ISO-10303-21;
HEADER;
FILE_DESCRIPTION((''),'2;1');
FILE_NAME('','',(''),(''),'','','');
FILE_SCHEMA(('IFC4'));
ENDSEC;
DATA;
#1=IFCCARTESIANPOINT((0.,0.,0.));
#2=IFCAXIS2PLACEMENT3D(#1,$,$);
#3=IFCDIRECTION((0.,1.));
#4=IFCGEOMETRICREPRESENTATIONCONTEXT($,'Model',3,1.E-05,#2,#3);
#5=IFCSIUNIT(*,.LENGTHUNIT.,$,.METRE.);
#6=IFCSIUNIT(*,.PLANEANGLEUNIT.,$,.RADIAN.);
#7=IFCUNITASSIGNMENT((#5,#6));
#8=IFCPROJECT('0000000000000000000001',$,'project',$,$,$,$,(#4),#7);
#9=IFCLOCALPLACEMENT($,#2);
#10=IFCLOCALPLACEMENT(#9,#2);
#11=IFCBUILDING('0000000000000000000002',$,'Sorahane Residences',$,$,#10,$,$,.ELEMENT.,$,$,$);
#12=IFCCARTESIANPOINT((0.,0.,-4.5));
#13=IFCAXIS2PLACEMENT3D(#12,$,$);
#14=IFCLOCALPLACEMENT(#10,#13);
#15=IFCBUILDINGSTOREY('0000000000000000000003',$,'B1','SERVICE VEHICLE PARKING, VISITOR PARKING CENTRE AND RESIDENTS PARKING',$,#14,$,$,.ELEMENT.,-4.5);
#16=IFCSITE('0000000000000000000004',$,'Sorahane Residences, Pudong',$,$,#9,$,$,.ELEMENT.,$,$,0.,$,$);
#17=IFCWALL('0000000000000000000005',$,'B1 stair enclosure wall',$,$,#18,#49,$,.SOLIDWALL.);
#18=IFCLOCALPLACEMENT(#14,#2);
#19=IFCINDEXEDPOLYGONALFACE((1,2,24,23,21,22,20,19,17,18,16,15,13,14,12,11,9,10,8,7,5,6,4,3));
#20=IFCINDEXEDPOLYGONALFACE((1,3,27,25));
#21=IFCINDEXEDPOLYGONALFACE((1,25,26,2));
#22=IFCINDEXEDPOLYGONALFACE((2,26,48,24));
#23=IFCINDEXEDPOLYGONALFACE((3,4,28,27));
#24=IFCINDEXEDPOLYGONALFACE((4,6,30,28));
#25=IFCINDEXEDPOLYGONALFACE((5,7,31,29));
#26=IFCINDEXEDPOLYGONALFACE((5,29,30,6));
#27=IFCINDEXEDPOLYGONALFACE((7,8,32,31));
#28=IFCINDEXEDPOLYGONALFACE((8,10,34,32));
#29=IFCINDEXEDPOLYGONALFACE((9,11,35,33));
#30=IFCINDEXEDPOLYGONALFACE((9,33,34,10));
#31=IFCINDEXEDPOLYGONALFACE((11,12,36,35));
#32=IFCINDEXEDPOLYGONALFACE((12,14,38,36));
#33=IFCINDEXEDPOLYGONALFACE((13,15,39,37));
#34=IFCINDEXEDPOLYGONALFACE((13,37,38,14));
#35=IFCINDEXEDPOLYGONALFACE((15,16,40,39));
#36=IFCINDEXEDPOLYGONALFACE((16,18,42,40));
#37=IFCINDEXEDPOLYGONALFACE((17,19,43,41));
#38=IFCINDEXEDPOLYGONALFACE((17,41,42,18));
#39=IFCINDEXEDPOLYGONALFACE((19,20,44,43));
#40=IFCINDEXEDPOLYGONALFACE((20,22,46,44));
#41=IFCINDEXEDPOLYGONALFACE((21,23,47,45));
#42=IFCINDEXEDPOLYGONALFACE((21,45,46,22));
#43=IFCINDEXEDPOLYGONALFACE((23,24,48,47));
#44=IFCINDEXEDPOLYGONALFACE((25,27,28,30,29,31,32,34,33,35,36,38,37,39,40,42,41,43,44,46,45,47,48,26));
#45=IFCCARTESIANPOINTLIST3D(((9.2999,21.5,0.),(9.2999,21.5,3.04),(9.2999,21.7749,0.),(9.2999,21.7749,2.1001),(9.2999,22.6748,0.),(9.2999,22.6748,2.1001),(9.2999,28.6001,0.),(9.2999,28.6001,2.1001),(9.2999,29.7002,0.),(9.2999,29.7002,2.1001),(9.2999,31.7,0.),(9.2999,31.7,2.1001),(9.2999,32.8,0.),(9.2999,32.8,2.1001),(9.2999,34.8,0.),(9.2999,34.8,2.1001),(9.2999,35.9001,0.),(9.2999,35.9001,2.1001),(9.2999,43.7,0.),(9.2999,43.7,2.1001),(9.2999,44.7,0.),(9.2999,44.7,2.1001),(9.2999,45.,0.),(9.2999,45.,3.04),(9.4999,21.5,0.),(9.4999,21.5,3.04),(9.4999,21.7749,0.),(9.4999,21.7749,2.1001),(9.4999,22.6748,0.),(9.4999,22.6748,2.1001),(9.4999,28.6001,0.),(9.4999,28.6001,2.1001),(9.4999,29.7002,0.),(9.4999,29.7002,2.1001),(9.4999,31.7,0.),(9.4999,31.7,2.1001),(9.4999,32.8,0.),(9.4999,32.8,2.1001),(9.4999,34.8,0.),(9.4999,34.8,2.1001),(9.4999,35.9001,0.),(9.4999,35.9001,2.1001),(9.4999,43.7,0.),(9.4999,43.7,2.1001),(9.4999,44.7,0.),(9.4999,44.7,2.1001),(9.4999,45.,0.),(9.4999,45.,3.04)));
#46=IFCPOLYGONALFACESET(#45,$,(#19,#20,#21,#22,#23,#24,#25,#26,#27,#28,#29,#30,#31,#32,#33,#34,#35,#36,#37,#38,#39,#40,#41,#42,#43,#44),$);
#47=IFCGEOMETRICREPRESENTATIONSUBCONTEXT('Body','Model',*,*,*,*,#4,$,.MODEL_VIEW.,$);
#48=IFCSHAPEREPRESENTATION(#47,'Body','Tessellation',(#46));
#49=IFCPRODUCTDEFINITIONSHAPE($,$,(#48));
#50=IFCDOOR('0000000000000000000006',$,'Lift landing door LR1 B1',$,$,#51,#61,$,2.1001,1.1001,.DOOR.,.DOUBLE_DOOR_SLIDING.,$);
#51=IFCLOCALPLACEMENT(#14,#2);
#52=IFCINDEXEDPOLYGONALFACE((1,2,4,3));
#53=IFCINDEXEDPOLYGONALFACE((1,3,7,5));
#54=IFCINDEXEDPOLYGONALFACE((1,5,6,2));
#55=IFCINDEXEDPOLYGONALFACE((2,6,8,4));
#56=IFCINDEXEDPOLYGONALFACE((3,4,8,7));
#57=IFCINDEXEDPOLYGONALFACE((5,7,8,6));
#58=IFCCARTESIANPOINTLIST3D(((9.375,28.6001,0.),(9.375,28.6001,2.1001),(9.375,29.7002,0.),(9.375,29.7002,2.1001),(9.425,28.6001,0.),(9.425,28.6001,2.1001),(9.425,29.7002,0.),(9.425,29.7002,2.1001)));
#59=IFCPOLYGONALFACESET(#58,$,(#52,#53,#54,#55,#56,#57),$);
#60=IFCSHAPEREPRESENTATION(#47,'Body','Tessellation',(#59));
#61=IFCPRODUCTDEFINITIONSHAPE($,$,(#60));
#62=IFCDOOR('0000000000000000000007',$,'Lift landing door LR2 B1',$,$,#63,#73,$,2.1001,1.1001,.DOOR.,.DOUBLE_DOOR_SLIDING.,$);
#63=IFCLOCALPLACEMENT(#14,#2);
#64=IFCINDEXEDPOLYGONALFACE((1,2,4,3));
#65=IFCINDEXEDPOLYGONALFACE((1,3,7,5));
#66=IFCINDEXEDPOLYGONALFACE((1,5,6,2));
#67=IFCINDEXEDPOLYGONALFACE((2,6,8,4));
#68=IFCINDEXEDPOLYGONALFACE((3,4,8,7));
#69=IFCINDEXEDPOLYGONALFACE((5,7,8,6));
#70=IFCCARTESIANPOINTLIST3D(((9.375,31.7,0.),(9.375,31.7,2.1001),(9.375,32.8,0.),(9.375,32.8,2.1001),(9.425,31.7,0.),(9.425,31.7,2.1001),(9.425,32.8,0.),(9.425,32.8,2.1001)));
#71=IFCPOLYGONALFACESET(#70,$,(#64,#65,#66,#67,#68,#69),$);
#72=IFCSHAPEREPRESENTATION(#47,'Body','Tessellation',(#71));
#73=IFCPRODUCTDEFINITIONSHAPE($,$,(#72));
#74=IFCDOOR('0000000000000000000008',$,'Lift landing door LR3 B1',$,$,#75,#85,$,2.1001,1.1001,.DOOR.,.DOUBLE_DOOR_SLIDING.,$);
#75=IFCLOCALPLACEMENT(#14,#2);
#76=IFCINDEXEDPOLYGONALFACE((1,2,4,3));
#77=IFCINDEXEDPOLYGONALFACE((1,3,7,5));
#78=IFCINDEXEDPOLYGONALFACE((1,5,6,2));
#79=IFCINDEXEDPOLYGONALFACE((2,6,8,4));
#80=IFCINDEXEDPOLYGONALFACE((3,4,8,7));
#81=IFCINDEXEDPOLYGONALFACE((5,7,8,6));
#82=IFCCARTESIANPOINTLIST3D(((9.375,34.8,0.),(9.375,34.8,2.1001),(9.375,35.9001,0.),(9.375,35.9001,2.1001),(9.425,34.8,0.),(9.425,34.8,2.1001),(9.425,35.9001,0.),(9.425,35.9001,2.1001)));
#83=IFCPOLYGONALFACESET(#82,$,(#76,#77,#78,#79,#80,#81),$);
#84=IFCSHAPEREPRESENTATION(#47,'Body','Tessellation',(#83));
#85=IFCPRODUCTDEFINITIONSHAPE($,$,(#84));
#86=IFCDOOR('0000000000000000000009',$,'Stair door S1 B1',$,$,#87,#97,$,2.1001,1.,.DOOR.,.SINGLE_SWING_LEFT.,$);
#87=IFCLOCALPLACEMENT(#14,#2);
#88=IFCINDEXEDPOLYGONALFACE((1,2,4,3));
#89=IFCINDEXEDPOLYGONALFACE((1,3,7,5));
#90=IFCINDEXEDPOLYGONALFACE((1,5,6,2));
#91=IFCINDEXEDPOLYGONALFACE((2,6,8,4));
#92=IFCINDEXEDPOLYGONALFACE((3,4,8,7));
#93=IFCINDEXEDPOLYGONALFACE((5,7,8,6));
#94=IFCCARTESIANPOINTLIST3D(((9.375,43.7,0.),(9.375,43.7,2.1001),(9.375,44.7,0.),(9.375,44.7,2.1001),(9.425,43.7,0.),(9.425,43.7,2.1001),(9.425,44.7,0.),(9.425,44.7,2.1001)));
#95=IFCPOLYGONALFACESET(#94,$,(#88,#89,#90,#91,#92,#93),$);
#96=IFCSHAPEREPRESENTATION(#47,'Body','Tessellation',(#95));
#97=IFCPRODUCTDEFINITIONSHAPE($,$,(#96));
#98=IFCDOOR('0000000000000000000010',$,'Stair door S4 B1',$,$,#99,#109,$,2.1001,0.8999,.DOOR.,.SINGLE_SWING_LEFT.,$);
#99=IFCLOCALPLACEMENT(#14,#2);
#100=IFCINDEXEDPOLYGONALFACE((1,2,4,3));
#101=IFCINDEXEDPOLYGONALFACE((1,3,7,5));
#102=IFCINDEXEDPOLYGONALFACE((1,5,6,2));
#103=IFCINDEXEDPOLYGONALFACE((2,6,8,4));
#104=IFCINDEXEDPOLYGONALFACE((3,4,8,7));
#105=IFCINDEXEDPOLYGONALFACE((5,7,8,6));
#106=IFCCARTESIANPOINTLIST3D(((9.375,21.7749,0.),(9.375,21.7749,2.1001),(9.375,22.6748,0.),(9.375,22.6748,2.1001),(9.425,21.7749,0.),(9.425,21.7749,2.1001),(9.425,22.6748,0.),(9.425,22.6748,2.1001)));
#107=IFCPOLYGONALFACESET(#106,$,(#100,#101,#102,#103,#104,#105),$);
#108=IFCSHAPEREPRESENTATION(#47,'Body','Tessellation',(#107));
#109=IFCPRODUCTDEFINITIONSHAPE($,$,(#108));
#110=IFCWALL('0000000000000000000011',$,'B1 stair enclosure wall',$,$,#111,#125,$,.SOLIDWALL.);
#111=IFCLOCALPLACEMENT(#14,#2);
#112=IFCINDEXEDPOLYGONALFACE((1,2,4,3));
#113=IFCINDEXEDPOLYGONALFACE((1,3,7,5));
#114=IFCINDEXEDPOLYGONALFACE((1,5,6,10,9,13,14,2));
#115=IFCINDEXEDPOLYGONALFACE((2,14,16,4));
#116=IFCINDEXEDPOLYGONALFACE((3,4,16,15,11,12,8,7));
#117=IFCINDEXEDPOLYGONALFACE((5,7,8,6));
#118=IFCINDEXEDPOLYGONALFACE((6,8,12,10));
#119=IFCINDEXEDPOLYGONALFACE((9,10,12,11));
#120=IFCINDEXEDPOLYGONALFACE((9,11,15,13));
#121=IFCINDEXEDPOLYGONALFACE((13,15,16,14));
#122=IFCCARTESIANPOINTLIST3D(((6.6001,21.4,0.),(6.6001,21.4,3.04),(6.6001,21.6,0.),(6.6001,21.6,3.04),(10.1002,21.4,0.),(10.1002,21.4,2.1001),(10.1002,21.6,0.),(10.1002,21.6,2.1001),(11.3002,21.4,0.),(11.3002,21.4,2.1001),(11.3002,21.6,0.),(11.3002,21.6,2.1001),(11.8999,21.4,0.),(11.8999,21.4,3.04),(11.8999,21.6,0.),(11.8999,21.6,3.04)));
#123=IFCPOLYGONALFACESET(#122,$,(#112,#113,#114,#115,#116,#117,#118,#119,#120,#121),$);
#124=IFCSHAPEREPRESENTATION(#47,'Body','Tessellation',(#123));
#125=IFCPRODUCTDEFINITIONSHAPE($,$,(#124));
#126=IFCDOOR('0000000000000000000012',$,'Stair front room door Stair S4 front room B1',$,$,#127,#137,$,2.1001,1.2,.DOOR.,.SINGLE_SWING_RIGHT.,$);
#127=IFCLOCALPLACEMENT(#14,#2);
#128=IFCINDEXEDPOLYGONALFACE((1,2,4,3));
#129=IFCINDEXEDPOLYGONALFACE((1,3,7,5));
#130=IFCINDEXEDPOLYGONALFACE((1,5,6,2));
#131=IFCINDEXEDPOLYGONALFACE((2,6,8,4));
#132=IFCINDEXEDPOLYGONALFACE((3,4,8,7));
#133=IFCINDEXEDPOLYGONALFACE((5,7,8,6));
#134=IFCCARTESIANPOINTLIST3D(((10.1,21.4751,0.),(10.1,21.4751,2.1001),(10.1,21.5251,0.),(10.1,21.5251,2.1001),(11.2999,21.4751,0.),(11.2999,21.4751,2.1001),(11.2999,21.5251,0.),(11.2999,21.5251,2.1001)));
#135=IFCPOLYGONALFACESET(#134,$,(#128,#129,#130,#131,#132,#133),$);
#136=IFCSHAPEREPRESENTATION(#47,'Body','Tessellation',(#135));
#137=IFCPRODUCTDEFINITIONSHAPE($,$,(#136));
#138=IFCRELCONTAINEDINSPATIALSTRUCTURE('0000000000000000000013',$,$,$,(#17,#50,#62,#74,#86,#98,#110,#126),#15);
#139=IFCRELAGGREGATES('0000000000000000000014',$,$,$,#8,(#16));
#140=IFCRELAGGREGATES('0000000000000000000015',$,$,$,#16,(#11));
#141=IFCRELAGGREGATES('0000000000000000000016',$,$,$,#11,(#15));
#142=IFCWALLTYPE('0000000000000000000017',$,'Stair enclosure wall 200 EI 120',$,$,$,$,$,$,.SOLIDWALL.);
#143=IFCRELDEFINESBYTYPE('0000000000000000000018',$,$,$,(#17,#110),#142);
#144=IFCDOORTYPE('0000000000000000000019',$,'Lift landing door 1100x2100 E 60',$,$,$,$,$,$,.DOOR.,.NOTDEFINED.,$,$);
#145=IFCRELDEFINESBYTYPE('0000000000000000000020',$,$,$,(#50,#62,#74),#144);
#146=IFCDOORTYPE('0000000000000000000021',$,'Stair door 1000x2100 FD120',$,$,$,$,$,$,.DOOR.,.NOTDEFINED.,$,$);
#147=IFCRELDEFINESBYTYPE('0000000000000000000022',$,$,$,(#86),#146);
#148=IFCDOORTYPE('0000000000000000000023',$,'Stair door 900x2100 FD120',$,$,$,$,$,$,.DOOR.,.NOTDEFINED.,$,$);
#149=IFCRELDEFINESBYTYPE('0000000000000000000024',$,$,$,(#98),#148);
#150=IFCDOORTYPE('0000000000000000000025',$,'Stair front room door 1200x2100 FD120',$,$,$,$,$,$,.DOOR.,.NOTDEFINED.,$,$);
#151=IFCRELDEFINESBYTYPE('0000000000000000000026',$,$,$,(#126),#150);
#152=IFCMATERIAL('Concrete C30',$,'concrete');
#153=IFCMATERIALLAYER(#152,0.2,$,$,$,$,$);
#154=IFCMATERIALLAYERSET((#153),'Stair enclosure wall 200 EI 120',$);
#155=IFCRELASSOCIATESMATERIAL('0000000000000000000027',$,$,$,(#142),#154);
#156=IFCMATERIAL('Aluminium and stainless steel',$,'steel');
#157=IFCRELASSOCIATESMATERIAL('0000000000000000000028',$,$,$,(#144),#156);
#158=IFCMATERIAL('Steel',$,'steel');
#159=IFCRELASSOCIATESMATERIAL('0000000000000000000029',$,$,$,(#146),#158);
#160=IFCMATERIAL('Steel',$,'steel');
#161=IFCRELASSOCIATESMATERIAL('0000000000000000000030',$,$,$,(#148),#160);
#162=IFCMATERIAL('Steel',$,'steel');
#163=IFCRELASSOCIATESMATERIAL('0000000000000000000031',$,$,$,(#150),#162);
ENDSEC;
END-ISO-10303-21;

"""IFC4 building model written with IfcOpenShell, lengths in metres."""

from ifc_helpers import new_model, si_unit, direction, frame, frame_2d, origin, place, context, subcontext, project, spatial, rectangle, extrude, material, layer, layer_set, type_object, element, fill, save


model = new_model("IFC4")

# Units and contexts
model_context = context("Model", 3, precision=1e-05, world=origin(), true_north=direction((0.0, 1.0)))
body_context = subcontext(model_context, "Body", "Model", "MODEL_VIEW")
ifc_project = project(units=[si_unit("LENGTHUNIT", "METRE"), si_unit("PLANEANGLEUNIT", "RADIAN")], contexts=[model_context])

# Site, building, storey
site_placement = place(None, origin())
site = spatial("IfcSite", under=ifc_project, at=site_placement, Name="Sorahane Residences, Pudong", CompositionType="ELEMENT", RefElevation=0.0)
building_placement = place(site_placement, origin())
building = spatial("IfcBuilding", under=site, at=building_placement, Name="Sorahane Residences", CompositionType="ELEMENT")
storey_placement = place(building_placement, frame((0.0, 0.0, -4.5)))
storey = spatial("IfcBuildingStorey", under=building, at=storey_placement, Name="B1", Description="SERVICE VEHICLE PARKING, VISITOR PARKING CENTRE AND RESIDENTS PARKING", CompositionType="ELEMENT", Elevation=-4.5)

# Wall, openings, doors
ifc_material_1 = material(Name="Concrete C30", Category="concrete")
ifc_layer_1 = layer(ifc_material_1, 0.2)
ifc_layer_set_1 = layer_set([ifc_layer_1], Name="Stair enclosure wall 200 EI 120")
wall_type_1 = type_object("IfcWallType", Name="Stair enclosure wall 200 EI 120", PredefinedType="SOLIDWALL", material=ifc_layer_set_1)
wall_1_placement = place(storey_placement, frame((9.3999, 21.5, 0.0), z_axis=(0.0, 0.0, 1.0), x_axis=(0.0, 1.0, 0.0)))
wall_1 = element("IfcWall", 1, at=wall_1_placement, inside=storey, type_object=wall_type_1, Name="B1 stair enclosure wall", PredefinedType="SOLIDWALL", context=body_context, shape_type="SweptSolid", body=[
    extrude(rectangle(XDim=23.5, YDim=0.2, at=frame_2d((11.75, 0.0))), origin(), (0.0, 0.0, 1.0), 3.04),
])
opening_1_placement = place(wall_1_placement, frame((7.1001, 0.0, 0.0)))
opening_1 = element("IfcOpeningElement", 2, at=opening_1_placement, cuts=wall_1, PredefinedType="OPENING", context=body_context, shape_type="SweptSolid", body=[
    extrude(rectangle(XDim=1.1001, YDim=2.1001, at=frame_2d((0.55, 1.05))), frame((0.0, 0.1099, 0.0), z_axis=(0.0, -1.0, 0.0), x_axis=(1.0, 0.0, 0.0)), (0.0, 0.0, 1.0), 0.22),
])
opening_2_placement = place(wall_1_placement, frame((10.2, 0.0, 0.0)))
opening_2 = element("IfcOpeningElement", 3, at=opening_2_placement, cuts=wall_1, PredefinedType="OPENING", context=body_context, shape_type="SweptSolid", body=[
    extrude(rectangle(XDim=1.1001, YDim=2.1001, at=frame_2d((0.55, 1.05))), frame((0.0, 0.1099, 0.0), z_axis=(0.0, -1.0, 0.0), x_axis=(1.0, 0.0, 0.0)), (0.0, 0.0, 1.0), 0.22),
])
opening_3_placement = place(wall_1_placement, frame((13.3, 0.0, 0.0)))
opening_3 = element("IfcOpeningElement", 4, at=opening_3_placement, cuts=wall_1, PredefinedType="OPENING", context=body_context, shape_type="SweptSolid", body=[
    extrude(rectangle(XDim=1.1001, YDim=2.1001, at=frame_2d((0.55, 1.05))), frame((0.0, 0.1099, 0.0), z_axis=(0.0, -1.0, 0.0), x_axis=(1.0, 0.0, 0.0)), (0.0, 0.0, 1.0), 0.22),
])
opening_4_placement = place(wall_1_placement, frame((22.2, 0.0, 0.0)))
opening_4 = element("IfcOpeningElement", 5, at=opening_4_placement, cuts=wall_1, PredefinedType="OPENING", context=body_context, shape_type="SweptSolid", body=[
    extrude(rectangle(XDim=1.0, YDim=2.1001, at=frame_2d((0.5, 1.05))), frame((0.0, 0.1099, 0.0), z_axis=(0.0, -1.0, 0.0), x_axis=(1.0, 0.0, 0.0)), (0.0, 0.0, 1.0), 0.22),
])
opening_5_placement = place(wall_1_placement, frame((0.2749, 0.0, 0.0)))
opening_5 = element("IfcOpeningElement", 6, at=opening_5_placement, cuts=wall_1, PredefinedType="OPENING", context=body_context, shape_type="SweptSolid", body=[
    extrude(rectangle(XDim=0.8999, YDim=2.1001, at=frame_2d((0.45, 1.05))), frame((0.0, 0.1099, 0.0), z_axis=(0.0, -1.0, 0.0), x_axis=(1.0, 0.0, 0.0)), (0.0, 0.0, 1.0), 0.22),
])
ifc_material_2 = material(Name="Aluminium and stainless steel", Category="steel")
door_type_1 = type_object("IfcDoorType", Name="Lift landing door 1100x2100 E 60", OperationType="NOTDEFINED", PredefinedType="DOOR", material=ifc_material_2)
door_1_placement = place(opening_1_placement, origin())
door_1 = element("IfcDoor", 7, at=door_1_placement, inside=storey, type_object=door_type_1, Name="Lift landing door LR1 B1", OperationType="DOUBLE_DOOR_SLIDING", OverallHeight=2.1001, OverallWidth=1.1001, PredefinedType="DOOR", context=body_context, shape_type="SweptSolid", body=[
    extrude(rectangle(XDim=1.1001, YDim=2.1001, at=frame_2d((0.55, 1.05))), frame((0.0, 0.0249, 0.0), z_axis=(0.0, -1.0, 0.0), x_axis=(1.0, 0.0, 0.0)), (0.0, 0.0, 1.0), 0.05),
])
fill(opening_1, door_1)
door_2_placement = place(opening_2_placement, origin())
door_2 = element("IfcDoor", 8, at=door_2_placement, inside=storey, type_object=door_type_1, Name="Lift landing door LR2 B1", OperationType="DOUBLE_DOOR_SLIDING", OverallHeight=2.1001, OverallWidth=1.1001, PredefinedType="DOOR", context=body_context, shape_type="SweptSolid", body=[
    extrude(rectangle(XDim=1.1001, YDim=2.1001, at=frame_2d((0.55, 1.05))), frame((0.0, 0.0249, 0.0), z_axis=(0.0, -1.0, 0.0), x_axis=(1.0, 0.0, 0.0)), (0.0, 0.0, 1.0), 0.05),
])
fill(opening_2, door_2)
door_3_placement = place(opening_3_placement, origin())
door_3 = element("IfcDoor", 9, at=door_3_placement, inside=storey, type_object=door_type_1, Name="Lift landing door LR3 B1", OperationType="DOUBLE_DOOR_SLIDING", OverallHeight=2.1001, OverallWidth=1.1001, PredefinedType="DOOR", context=body_context, shape_type="SweptSolid", body=[
    extrude(rectangle(XDim=1.1001, YDim=2.1001, at=frame_2d((0.55, 1.05))), frame((0.0, 0.0249, 0.0), z_axis=(0.0, -1.0, 0.0), x_axis=(1.0, 0.0, 0.0)), (0.0, 0.0, 1.0), 0.05),
])
fill(opening_3, door_3)
ifc_material_3 = material(Name="Steel", Category="steel")
door_type_2 = type_object("IfcDoorType", Name="Stair door 1000x2100 FD120", OperationType="NOTDEFINED", PredefinedType="DOOR", material=ifc_material_3)
door_4_placement = place(opening_4_placement, origin())
door_4 = element("IfcDoor", 10, at=door_4_placement, inside=storey, type_object=door_type_2, Name="Stair door S1 B1", OperationType="SINGLE_SWING_LEFT", OverallHeight=2.1001, OverallWidth=1.0, PredefinedType="DOOR", context=body_context, shape_type="SweptSolid", body=[
    extrude(rectangle(XDim=1.0, YDim=2.1001, at=frame_2d((0.5, 1.05))), frame((0.0, 0.0249, 0.0), z_axis=(0.0, -1.0, 0.0), x_axis=(1.0, 0.0, 0.0)), (0.0, 0.0, 1.0), 0.05),
])
fill(opening_4, door_4)
ifc_material_4 = material(Name="Steel", Category="steel")
door_type_3 = type_object("IfcDoorType", Name="Stair door 900x2100 FD120", OperationType="NOTDEFINED", PredefinedType="DOOR", material=ifc_material_4)
door_5_placement = place(opening_5_placement, origin())
door_5 = element("IfcDoor", 11, at=door_5_placement, inside=storey, type_object=door_type_3, Name="Stair door S4 B1", OperationType="SINGLE_SWING_LEFT", OverallHeight=2.1001, OverallWidth=0.8999, PredefinedType="DOOR", context=body_context, shape_type="SweptSolid", body=[
    extrude(rectangle(XDim=0.8999, YDim=2.1001, at=frame_2d((0.45, 1.05))), frame((0.0, 0.0249, 0.0), z_axis=(0.0, -1.0, 0.0), x_axis=(1.0, 0.0, 0.0)), (0.0, 0.0, 1.0), 0.05),
])
fill(opening_5, door_5)

# Wall, opening, door
wall_2_placement = place(storey_placement, frame((6.6001, 21.5, 0.0), z_axis=(0.0, 0.0, 1.0), x_axis=(1.0, 0.0, 0.0)))
wall_2 = element("IfcWall", 12, at=wall_2_placement, inside=storey, type_object=wall_type_1, Name="B1 stair enclosure wall", PredefinedType="SOLIDWALL", context=body_context, shape_type="SweptSolid", body=[
    extrude(rectangle(XDim=5.2998, YDim=0.2, at=frame_2d((2.6499, 0.0))), origin(), (0.0, 0.0, 1.0), 3.04),
])
opening_6_placement = place(wall_2_placement, frame((3.5, 0.0, 0.0)))
opening_6 = element("IfcOpeningElement", 13, at=opening_6_placement, cuts=wall_2, PredefinedType="OPENING", context=body_context, shape_type="SweptSolid", body=[
    extrude(rectangle(XDim=1.2, YDim=2.1001, at=frame_2d((0.6001, 1.05))), frame((0.0, 0.1099, 0.0), z_axis=(0.0, -1.0, 0.0), x_axis=(1.0, 0.0, 0.0)), (0.0, 0.0, 1.0), 0.22),
])
ifc_material_5 = material(Name="Steel", Category="steel")
door_type_4 = type_object("IfcDoorType", Name="Stair front room door 1200x2100 FD120", OperationType="NOTDEFINED", PredefinedType="DOOR", material=ifc_material_5)
door_6_placement = place(opening_6_placement, frame((1.2, 0.0, 0.0), z_axis=(0.0, 0.0, 1.0), x_axis=(-1.0, 0.0, 0.0)))
door_6 = element("IfcDoor", 14, at=door_6_placement, inside=storey, type_object=door_type_4, Name="Stair front room door Stair S4 front room B1", OperationType="SINGLE_SWING_RIGHT", OverallHeight=2.1001, OverallWidth=1.2, PredefinedType="DOOR", context=body_context, shape_type="SweptSolid", body=[
    extrude(rectangle(XDim=1.2, YDim=2.1001, at=frame_2d((0.6001, 1.05))), frame((0.0, 0.0249, 0.0), z_axis=(0.0, -1.0, 0.0), x_axis=(1.0, 0.0, 0.0)), (0.0, 0.0, 1.0), 0.05),
])
fill(opening_6, door_6)

save(model, "model.ifc")
